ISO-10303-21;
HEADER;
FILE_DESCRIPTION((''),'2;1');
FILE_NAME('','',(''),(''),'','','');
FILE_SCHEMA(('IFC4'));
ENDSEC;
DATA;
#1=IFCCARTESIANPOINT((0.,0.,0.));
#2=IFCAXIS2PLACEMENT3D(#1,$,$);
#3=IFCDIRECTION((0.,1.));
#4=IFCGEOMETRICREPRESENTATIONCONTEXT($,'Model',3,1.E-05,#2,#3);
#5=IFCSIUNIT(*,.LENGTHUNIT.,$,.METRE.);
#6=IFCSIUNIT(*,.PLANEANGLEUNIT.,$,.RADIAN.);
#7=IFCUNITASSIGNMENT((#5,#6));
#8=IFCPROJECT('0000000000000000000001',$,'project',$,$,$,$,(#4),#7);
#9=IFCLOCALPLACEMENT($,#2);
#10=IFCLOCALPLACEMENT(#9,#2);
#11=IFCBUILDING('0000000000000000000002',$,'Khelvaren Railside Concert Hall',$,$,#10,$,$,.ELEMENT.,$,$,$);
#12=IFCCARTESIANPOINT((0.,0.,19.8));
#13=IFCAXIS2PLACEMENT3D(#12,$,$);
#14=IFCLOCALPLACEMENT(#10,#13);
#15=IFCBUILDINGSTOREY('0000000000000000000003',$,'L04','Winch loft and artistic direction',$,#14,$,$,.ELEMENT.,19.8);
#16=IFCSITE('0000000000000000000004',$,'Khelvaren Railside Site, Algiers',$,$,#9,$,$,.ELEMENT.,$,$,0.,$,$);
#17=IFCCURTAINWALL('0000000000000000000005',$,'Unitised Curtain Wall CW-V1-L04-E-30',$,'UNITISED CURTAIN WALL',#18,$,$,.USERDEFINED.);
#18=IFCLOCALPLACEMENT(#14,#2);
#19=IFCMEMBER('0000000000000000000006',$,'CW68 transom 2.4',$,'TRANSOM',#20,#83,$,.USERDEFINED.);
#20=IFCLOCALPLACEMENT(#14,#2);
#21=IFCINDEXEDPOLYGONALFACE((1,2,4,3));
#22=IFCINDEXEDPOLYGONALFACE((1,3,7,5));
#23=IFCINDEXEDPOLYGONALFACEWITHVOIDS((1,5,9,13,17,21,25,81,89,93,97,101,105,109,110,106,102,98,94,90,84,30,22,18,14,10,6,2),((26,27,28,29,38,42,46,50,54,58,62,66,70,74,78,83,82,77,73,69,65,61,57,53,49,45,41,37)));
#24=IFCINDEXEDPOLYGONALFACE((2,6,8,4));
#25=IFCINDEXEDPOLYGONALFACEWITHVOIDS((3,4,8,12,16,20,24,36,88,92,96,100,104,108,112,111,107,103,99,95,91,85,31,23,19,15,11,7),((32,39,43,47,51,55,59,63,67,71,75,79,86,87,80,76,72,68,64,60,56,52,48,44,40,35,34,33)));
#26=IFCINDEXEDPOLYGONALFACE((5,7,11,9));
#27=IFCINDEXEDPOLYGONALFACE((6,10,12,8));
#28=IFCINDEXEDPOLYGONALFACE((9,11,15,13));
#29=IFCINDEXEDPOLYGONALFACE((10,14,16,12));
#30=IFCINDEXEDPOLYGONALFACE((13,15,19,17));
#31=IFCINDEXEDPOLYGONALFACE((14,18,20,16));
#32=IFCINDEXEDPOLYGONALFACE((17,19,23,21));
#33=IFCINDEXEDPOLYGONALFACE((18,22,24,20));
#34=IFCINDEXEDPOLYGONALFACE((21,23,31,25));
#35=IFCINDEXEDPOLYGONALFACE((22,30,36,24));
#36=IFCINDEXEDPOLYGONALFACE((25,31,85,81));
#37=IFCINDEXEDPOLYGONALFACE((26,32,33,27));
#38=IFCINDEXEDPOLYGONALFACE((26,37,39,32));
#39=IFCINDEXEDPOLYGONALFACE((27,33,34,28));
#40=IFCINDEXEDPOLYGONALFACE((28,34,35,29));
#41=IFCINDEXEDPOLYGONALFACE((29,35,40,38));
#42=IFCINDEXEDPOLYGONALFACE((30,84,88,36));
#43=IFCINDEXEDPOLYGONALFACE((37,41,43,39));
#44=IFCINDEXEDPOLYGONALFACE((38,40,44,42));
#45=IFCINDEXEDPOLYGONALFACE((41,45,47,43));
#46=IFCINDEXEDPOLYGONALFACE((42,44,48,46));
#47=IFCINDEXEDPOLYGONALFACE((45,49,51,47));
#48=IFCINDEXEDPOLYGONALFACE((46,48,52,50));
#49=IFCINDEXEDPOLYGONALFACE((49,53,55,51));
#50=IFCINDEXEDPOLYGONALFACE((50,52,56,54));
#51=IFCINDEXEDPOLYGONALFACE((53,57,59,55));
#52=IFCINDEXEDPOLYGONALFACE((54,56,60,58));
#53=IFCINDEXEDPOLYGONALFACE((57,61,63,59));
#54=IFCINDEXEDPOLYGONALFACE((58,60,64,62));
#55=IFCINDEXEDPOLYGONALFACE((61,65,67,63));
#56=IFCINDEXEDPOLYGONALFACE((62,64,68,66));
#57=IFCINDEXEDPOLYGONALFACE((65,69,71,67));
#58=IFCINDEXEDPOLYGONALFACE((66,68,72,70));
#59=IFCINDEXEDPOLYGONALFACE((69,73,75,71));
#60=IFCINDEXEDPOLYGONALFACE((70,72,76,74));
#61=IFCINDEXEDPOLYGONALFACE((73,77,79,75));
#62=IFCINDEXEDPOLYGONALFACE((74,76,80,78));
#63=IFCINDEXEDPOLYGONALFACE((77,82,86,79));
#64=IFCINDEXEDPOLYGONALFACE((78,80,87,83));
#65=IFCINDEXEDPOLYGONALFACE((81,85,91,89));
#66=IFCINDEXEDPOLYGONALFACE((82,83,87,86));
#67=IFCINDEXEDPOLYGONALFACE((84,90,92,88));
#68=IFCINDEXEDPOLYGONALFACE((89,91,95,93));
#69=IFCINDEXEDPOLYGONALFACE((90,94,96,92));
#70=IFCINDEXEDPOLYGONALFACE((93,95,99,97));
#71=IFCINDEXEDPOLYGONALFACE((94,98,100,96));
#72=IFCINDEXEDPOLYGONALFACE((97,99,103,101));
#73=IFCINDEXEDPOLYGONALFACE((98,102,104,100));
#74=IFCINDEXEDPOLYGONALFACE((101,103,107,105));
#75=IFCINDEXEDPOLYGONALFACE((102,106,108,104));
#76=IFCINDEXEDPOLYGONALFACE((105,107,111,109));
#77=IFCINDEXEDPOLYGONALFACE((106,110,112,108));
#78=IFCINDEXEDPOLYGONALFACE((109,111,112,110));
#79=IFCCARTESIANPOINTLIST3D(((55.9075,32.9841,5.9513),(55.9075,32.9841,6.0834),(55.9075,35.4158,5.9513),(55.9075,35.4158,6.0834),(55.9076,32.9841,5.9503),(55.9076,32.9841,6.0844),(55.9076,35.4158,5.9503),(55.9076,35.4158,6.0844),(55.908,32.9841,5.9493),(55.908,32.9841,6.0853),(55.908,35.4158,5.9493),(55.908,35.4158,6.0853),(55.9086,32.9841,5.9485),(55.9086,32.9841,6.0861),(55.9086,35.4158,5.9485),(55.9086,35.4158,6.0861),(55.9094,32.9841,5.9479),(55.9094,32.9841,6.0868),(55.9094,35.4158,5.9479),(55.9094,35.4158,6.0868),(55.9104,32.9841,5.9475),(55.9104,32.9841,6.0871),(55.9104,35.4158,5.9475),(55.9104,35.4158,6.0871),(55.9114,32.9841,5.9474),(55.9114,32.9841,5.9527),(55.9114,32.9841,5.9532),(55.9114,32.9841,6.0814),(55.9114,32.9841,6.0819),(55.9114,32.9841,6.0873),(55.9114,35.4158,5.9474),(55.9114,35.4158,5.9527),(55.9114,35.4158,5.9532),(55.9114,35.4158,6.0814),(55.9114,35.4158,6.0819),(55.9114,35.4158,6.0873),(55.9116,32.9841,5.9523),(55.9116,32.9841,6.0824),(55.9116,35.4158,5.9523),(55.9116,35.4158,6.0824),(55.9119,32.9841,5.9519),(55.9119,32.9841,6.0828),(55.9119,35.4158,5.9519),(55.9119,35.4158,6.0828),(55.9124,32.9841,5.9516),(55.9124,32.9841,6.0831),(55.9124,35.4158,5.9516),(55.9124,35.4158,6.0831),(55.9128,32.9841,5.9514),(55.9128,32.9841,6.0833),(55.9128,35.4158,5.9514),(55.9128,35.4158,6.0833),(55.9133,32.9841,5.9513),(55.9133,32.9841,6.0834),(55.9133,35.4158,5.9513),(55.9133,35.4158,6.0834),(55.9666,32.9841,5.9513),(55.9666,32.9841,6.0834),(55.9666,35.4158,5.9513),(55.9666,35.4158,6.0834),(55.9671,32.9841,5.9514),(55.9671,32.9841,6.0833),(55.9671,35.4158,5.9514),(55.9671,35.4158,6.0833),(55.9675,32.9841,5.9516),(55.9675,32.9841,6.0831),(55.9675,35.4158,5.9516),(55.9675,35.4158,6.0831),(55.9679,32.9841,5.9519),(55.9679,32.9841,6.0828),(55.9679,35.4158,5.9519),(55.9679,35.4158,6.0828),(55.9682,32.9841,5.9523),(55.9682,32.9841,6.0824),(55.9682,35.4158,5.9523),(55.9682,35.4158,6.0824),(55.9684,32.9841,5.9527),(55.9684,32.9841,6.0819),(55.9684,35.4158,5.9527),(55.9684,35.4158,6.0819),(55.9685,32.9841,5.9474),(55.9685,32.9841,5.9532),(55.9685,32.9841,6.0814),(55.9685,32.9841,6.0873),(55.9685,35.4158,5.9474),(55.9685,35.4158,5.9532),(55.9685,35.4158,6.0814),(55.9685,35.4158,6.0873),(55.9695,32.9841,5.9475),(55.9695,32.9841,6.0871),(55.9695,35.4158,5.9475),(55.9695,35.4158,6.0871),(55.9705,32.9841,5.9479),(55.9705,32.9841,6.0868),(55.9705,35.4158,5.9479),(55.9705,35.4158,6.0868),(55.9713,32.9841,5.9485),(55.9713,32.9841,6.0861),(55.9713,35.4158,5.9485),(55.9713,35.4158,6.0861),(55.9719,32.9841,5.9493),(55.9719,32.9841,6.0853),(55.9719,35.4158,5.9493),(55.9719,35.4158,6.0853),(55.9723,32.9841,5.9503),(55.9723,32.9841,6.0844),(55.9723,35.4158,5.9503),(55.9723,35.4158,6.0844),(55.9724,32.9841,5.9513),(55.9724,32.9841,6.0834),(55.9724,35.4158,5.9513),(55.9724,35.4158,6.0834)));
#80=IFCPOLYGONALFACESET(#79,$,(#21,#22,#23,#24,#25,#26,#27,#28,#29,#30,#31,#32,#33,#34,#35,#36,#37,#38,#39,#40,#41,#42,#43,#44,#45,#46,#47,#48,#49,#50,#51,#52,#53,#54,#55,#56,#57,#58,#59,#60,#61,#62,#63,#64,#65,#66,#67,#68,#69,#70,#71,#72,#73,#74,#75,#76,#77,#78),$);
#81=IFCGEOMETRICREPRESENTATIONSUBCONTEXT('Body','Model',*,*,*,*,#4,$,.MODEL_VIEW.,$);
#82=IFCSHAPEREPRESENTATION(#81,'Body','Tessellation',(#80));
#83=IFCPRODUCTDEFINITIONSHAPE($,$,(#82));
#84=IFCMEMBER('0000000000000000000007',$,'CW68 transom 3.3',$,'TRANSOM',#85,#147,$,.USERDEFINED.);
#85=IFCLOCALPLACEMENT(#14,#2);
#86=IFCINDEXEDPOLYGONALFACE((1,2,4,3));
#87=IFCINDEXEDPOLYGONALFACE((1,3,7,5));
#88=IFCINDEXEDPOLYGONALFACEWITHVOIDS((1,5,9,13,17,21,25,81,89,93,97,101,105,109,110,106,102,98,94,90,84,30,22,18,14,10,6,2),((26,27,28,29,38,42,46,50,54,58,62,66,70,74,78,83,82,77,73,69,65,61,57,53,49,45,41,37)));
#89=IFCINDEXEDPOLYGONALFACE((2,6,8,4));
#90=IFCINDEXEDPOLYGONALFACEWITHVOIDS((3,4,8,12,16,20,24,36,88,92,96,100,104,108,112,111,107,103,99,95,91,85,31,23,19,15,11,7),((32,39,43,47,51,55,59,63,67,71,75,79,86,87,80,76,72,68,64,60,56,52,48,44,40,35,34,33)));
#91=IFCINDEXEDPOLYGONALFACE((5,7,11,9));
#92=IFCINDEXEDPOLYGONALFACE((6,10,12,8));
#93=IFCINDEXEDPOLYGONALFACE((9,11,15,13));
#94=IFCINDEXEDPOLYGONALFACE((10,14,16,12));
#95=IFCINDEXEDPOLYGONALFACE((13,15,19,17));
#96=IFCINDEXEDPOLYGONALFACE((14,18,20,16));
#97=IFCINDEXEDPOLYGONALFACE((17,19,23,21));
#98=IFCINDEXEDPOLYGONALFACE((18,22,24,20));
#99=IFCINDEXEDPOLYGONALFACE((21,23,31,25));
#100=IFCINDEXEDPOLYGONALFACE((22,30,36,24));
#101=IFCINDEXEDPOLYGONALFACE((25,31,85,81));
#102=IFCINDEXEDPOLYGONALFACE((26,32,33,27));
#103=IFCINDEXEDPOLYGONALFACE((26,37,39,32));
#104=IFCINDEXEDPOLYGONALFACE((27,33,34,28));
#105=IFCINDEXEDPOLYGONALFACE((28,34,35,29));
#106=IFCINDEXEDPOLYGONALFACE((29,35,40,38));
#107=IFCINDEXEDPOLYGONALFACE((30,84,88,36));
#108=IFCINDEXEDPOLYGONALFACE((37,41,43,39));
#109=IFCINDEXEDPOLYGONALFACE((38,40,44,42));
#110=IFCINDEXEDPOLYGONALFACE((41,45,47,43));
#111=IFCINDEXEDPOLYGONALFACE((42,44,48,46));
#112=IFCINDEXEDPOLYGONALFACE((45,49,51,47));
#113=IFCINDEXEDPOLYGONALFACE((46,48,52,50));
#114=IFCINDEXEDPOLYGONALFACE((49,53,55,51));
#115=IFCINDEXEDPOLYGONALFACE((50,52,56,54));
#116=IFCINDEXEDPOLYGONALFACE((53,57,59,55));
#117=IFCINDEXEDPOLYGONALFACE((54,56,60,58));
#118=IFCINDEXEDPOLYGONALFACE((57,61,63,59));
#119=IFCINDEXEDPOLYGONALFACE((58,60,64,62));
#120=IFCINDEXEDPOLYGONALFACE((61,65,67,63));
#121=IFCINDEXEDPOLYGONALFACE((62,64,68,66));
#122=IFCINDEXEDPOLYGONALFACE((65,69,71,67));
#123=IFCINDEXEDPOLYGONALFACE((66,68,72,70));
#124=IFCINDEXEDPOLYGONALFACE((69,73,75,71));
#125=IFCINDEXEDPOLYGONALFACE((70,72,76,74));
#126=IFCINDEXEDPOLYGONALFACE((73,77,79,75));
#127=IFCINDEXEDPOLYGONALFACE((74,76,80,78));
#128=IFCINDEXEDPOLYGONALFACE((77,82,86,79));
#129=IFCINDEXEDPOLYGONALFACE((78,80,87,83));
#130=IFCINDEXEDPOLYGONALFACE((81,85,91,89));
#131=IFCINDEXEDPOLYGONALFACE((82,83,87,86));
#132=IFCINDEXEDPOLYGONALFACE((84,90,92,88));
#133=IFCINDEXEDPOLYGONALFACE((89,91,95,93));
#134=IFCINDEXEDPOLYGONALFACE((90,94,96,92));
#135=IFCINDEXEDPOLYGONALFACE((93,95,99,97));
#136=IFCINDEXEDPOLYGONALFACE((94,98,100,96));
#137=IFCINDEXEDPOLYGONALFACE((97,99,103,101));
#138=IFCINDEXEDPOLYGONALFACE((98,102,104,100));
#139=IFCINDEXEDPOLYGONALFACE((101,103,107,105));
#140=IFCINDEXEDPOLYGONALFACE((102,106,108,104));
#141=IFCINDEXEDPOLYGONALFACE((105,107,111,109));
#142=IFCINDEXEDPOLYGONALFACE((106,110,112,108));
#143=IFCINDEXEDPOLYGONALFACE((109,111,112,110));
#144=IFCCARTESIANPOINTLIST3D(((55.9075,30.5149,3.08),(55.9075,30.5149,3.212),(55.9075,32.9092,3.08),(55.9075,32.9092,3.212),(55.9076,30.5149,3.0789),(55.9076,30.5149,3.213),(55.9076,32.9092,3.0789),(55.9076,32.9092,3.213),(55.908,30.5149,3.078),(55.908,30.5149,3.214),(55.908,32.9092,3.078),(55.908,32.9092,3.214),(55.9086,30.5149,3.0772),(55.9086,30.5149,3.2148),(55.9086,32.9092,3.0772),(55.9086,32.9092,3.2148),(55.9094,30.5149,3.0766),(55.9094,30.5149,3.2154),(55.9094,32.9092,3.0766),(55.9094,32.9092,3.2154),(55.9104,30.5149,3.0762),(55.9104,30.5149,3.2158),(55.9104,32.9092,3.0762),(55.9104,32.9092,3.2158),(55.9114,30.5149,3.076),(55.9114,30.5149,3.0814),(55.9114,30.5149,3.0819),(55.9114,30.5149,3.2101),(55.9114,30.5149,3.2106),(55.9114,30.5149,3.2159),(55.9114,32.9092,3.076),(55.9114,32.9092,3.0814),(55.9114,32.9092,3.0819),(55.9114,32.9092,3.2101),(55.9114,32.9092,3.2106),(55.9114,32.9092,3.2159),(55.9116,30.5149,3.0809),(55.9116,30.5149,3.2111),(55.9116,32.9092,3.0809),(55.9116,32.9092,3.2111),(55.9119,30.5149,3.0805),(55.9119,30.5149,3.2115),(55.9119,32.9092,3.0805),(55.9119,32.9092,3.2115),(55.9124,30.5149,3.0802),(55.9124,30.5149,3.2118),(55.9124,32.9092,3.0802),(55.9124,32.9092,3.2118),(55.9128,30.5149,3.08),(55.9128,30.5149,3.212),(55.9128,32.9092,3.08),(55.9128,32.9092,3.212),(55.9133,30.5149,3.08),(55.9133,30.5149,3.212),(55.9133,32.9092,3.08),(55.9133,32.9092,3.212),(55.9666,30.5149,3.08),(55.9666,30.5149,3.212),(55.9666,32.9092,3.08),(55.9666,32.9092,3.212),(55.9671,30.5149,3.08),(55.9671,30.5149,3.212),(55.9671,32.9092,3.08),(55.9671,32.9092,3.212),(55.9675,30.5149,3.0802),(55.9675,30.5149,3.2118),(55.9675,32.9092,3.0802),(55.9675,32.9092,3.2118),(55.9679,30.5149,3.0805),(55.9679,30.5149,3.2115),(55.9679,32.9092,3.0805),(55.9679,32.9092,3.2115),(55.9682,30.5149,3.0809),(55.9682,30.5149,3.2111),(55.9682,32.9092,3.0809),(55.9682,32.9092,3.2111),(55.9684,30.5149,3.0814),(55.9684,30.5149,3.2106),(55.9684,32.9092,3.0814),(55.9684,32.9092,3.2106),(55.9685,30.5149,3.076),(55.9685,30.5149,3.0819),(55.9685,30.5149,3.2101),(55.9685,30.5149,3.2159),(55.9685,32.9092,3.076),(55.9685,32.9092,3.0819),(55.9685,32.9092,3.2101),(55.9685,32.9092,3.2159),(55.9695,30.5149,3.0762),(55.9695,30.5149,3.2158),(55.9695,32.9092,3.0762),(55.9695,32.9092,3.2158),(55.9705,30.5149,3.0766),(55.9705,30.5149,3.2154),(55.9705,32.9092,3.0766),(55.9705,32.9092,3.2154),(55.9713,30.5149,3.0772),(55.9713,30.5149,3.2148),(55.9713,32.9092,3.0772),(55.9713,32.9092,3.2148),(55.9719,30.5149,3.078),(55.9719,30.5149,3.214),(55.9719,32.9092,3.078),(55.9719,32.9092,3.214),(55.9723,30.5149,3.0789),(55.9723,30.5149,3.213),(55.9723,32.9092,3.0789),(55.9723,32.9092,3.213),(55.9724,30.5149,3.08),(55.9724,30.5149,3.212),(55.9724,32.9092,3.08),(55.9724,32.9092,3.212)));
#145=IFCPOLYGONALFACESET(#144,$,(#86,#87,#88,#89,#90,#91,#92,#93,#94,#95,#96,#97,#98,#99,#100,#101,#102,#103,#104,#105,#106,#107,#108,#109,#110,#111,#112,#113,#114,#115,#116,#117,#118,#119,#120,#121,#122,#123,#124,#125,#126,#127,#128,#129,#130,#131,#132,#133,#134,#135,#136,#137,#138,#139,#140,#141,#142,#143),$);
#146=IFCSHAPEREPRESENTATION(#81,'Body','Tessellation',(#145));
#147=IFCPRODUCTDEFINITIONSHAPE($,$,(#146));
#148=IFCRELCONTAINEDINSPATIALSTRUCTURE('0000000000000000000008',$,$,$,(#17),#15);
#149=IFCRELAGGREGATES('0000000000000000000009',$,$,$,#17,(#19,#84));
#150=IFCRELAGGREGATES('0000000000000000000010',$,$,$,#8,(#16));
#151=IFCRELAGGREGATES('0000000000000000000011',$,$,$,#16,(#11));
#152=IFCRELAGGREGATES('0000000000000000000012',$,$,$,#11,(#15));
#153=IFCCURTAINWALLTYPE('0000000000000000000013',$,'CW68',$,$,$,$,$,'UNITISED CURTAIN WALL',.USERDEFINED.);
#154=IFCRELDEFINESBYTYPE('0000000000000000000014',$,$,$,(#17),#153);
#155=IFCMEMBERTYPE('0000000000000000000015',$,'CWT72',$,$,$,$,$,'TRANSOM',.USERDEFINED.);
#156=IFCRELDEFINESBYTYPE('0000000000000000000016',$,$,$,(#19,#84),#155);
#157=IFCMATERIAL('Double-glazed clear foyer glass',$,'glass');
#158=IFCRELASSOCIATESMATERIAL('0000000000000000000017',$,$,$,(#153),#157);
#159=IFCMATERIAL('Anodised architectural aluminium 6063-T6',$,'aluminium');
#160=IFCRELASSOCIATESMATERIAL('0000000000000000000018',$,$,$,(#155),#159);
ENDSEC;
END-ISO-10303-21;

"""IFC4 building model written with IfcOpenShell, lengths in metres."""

from ifc_helpers import new_model, si_unit, direction, frame, origin, origin_2d, place, context, subcontext, project, spatial, hollow_rectangle, extrude, material, material_profile, profile_set, type_object, element, aggregate, save


model = new_model("IFC4")

# Units and contexts
model_context = context("Model", 3, precision=1e-05, world=origin(), true_north=direction((0.0, 1.0)))
body_context = subcontext(model_context, "Body", "Model", "MODEL_VIEW")
ifc_project = project(units=[si_unit("LENGTHUNIT", "METRE"), si_unit("PLANEANGLEUNIT", "RADIAN")], contexts=[model_context])

# Site, building, storey
site_placement = place(None, origin())
site = spatial("IfcSite", under=ifc_project, at=site_placement, Name="Khelvaren Railside Site, Algiers", CompositionType="ELEMENT", RefElevation=0.0)
building_placement = place(site_placement, origin())
building = spatial("IfcBuilding", under=site, at=building_placement, Name="Khelvaren Railside Concert Hall", CompositionType="ELEMENT")
storey_placement = place(building_placement, frame((0.0, 0.0, 19.8)))
storey = spatial("IfcBuildingStorey", under=building, at=storey_placement, Name="L04", Description="Winch loft and artistic direction", CompositionType="ELEMENT", Elevation=19.8)

# Curtain wall
ifc_material_1 = material(Name="Double-glazed clear foyer glass", Category="glass")
curtain_wall_type_1 = type_object("IfcCurtainWallType", Name="CW68", ElementType="UNITISED CURTAIN WALL", PredefinedType="USERDEFINED", material=ifc_material_1)
curtain_wall_1_placement = place(storey_placement, origin())
curtain_wall_1 = element("IfcCurtainWall", 1, at=curtain_wall_1_placement, inside=storey, type_object=curtain_wall_type_1, Name="Unitised Curtain Wall CW-V1-L04-E-30", ObjectType="UNITISED CURTAIN WALL", PredefinedType="USERDEFINED")
ifc_material_2 = material(Name="Anodised architectural aluminium 6063-T6", Category="aluminium")

# Members
ifc_material_profile_1 = material_profile(ifc_material_2, hollow_rectangle(XDim=0.0649, YDim=0.1399, WallThickness=0.0039, InnerFilletRadius=0.002, OuterFilletRadius=0.0039, at=origin_2d()), Name="CWT 65x140x4")
ifc_profile_set_1 = profile_set([ifc_material_profile_1], Name="Anodised architectural aluminium 6063-T6")
member_type_1 = type_object("IfcMemberType", Name="CWT72", ElementType="TRANSOM", PredefinedType="USERDEFINED", material=ifc_profile_set_1)
member_1_placement = place(storey_placement, frame((55.9399, 35.4158, 6.0173), z_axis=(0.0, -1.0, 0.0), x_axis=(1.0, 0.0, 0.0)))
member_1 = element("IfcMember", 2, at=member_1_placement, type_object=member_type_1, Name="CW68 transom 2.4", ObjectType="TRANSOM", PredefinedType="USERDEFINED", context=body_context, shape_type="SweptSolid", body=[
    extrude(hollow_rectangle(XDim=0.0649, YDim=0.1399, WallThickness=0.0039, InnerFilletRadius=0.002, OuterFilletRadius=0.0039, at=origin_2d()), origin(), (0.0, 0.0, 1.0), 2.4316),
])
member_2_placement = place(storey_placement, frame((55.9399, 32.9092, 3.146), z_axis=(0.0, -1.0, 0.0), x_axis=(1.0, 0.0, 0.0)))
member_2 = element("IfcMember", 3, at=member_2_placement, type_object=member_type_1, Name="CW68 transom 3.3", ObjectType="TRANSOM", PredefinedType="USERDEFINED", context=body_context, shape_type="SweptSolid", body=[
    extrude(hollow_rectangle(XDim=0.0649, YDim=0.1399, WallThickness=0.0039, InnerFilletRadius=0.002, OuterFilletRadius=0.0039, at=origin_2d()), origin(), (0.0, 0.0, 1.0), 2.3943),
])

aggregate(curtain_wall_1, [member_1, member_2])

save(model, "model.ifc")
